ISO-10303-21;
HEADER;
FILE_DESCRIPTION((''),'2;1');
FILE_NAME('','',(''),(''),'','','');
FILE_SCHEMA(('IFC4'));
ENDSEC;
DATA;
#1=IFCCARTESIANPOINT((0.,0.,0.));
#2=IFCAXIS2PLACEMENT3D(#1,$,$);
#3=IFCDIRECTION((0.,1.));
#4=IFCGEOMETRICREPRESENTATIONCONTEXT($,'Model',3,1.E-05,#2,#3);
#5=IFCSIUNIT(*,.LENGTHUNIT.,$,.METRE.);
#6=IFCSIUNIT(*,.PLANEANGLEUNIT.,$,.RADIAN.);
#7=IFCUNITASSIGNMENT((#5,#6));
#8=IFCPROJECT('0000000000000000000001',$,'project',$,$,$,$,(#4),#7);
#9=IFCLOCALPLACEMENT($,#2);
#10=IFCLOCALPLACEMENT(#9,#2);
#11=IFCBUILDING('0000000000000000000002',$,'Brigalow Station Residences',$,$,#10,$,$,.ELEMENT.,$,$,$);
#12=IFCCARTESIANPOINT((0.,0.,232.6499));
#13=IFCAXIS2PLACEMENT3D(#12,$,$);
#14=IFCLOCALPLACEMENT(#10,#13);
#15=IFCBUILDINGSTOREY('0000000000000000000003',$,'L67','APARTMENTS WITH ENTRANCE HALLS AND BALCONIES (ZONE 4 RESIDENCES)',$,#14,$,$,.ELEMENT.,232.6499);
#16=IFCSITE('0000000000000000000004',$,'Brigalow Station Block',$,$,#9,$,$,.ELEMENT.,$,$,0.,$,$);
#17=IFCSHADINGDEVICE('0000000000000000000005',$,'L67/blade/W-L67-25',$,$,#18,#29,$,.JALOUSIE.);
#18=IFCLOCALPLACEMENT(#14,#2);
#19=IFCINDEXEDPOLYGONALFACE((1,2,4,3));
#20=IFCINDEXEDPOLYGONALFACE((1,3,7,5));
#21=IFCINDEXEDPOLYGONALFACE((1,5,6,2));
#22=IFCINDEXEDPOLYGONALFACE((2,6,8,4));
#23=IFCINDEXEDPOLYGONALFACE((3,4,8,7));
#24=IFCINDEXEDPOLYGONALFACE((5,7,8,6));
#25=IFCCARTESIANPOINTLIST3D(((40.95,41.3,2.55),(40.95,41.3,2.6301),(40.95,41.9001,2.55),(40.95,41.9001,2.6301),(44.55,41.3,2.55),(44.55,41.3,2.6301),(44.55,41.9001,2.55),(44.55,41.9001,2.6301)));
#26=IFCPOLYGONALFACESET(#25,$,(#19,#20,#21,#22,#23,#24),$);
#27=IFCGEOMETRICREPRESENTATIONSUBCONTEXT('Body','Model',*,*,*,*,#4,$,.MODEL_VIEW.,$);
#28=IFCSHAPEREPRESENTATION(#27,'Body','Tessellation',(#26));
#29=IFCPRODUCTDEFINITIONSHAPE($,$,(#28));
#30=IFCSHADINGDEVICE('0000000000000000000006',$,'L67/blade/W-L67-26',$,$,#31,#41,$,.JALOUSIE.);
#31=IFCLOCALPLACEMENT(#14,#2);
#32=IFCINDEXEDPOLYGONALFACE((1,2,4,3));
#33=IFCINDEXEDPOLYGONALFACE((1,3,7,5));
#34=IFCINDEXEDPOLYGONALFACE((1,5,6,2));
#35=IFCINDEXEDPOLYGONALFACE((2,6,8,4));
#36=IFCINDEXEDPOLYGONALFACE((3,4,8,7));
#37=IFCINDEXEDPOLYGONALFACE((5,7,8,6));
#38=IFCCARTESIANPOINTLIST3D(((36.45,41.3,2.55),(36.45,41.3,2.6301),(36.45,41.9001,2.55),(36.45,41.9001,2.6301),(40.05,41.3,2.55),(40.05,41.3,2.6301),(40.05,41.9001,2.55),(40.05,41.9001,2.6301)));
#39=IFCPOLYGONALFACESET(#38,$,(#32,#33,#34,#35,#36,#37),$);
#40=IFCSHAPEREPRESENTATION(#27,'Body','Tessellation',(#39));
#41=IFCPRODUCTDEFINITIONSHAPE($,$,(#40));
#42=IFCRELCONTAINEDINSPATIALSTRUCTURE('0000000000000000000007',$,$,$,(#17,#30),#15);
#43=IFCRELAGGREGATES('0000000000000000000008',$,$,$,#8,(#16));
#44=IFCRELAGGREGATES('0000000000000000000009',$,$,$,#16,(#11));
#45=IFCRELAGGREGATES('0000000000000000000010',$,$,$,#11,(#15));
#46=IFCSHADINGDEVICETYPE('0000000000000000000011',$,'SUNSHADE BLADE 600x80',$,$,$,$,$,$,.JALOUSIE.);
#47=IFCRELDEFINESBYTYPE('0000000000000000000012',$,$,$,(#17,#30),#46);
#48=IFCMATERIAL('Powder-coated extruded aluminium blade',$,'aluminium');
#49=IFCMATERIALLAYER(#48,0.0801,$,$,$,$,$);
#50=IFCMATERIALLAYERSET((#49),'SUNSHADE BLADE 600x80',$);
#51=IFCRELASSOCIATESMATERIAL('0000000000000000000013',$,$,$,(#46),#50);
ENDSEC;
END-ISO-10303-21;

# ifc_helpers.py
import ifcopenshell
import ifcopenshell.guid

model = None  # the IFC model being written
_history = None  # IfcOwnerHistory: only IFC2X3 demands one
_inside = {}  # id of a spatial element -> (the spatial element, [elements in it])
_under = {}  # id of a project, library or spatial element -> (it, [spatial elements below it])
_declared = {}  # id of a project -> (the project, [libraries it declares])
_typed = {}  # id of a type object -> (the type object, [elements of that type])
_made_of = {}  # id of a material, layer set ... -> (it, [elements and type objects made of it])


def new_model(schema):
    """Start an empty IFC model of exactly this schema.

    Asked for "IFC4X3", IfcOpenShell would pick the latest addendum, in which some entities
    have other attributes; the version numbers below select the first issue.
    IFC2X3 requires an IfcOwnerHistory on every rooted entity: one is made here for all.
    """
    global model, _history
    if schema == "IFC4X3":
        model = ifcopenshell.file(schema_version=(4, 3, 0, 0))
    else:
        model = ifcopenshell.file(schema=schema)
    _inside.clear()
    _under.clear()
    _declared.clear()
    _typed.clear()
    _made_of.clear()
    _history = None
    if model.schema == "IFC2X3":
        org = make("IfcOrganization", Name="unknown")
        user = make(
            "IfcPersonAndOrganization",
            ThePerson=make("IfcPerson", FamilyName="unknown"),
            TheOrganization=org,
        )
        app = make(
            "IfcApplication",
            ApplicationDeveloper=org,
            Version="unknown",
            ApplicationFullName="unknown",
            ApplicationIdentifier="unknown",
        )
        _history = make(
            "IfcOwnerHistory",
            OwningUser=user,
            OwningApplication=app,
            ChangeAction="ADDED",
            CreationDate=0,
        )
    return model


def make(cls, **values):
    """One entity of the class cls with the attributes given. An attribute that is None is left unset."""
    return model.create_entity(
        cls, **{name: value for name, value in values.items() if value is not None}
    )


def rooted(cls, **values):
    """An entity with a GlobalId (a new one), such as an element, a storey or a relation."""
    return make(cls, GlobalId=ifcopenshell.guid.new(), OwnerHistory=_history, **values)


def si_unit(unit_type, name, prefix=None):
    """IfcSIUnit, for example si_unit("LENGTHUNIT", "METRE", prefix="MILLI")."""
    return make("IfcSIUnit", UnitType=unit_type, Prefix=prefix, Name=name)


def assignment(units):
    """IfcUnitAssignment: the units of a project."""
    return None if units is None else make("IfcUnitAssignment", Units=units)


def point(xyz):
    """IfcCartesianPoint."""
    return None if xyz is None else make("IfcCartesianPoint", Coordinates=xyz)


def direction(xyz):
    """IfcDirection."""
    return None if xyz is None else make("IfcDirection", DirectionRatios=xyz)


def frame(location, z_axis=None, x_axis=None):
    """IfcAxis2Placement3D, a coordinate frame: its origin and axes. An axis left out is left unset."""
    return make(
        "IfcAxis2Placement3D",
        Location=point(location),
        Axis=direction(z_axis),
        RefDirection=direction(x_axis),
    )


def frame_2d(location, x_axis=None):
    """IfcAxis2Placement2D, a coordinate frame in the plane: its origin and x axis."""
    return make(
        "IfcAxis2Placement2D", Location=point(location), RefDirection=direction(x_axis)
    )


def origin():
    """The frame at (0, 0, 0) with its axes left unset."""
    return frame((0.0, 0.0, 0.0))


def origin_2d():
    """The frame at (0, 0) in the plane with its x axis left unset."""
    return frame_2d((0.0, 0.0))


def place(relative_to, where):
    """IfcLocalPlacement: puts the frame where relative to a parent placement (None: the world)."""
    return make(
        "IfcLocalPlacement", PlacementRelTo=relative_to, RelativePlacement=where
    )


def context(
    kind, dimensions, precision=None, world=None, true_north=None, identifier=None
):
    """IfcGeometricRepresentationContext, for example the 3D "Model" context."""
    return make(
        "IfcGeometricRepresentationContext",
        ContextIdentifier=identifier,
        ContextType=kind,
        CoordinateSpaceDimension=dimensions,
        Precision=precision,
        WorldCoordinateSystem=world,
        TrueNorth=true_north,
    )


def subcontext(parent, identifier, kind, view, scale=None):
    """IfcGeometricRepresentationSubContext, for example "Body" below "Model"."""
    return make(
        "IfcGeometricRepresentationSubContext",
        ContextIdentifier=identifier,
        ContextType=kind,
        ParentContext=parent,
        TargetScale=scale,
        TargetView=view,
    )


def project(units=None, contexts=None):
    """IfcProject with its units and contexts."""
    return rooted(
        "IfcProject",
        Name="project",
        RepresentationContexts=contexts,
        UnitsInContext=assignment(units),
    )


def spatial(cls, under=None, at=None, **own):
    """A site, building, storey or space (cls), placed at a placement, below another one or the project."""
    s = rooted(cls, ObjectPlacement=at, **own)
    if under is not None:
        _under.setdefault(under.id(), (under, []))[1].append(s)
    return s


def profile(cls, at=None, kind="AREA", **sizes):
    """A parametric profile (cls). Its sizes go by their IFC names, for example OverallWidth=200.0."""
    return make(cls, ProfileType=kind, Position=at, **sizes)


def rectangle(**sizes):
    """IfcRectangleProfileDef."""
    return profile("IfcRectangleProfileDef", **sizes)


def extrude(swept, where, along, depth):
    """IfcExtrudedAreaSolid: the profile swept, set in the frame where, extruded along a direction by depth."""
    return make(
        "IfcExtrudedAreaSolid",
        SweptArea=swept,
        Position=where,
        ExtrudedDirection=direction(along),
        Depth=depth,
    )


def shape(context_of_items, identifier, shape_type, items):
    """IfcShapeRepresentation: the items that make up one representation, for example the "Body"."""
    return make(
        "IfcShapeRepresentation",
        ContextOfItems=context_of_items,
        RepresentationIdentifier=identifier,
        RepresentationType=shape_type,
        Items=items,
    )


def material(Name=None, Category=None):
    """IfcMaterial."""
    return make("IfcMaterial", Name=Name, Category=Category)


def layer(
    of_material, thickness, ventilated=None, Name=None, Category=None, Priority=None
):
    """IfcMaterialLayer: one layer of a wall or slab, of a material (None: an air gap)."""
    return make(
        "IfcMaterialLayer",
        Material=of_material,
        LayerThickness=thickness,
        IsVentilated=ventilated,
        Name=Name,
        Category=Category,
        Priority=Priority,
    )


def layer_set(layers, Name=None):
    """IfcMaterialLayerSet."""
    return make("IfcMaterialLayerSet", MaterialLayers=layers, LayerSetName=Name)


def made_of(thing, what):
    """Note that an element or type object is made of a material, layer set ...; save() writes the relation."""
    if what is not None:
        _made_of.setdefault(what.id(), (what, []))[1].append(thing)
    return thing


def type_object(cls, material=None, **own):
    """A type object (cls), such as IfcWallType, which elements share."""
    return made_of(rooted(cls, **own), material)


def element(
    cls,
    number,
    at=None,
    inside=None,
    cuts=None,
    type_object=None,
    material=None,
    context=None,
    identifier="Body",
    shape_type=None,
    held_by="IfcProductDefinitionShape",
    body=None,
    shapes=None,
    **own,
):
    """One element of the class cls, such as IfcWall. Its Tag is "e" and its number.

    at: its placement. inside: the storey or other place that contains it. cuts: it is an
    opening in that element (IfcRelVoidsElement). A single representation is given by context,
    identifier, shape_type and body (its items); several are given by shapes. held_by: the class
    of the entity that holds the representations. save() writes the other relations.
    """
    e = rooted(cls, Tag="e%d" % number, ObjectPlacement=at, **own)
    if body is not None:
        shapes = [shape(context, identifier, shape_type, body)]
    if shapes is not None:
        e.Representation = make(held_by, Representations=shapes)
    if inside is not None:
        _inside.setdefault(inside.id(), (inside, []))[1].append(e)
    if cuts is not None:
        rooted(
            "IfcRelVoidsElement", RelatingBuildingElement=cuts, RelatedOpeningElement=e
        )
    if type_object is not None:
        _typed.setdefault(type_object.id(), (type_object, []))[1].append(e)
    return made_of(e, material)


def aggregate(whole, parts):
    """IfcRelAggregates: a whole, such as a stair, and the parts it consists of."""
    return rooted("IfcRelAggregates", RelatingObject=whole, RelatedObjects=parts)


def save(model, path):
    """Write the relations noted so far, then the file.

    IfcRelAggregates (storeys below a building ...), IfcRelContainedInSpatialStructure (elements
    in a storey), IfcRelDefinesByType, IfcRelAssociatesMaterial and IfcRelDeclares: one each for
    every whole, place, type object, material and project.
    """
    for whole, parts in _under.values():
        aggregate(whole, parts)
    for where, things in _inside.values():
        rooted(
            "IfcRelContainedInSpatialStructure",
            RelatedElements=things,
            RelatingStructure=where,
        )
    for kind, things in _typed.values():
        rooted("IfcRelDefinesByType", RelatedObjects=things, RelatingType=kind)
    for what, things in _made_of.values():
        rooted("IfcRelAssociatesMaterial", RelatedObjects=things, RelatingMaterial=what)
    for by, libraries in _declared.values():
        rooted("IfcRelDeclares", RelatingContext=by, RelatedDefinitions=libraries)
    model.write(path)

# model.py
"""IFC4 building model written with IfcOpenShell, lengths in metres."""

from ifc_helpers import new_model, si_unit, direction, frame, origin, origin_2d, place, context, subcontext, project, spatial, rectangle, extrude, material, layer, layer_set, type_object, element, save


model = new_model("IFC4")

# Units and contexts
model_context = context("Model", 3, precision=1e-05, world=origin(), true_north=direction((0.0, 1.0)))
body_context = subcontext(model_context, "Body", "Model", "MODEL_VIEW")
ifc_project = project(units=[si_unit("LENGTHUNIT", "METRE"), si_unit("PLANEANGLEUNIT", "RADIAN")], contexts=[model_context])

# Site, building, storey
site_placement = place(None, origin())
site = spatial("IfcSite", under=ifc_project, at=site_placement, Name="Brigalow Station Block", CompositionType="ELEMENT", RefElevation=0.0)
building_placement = place(site_placement, origin())
building = spatial("IfcBuilding", under=site, at=building_placement, Name="Brigalow Station Residences", CompositionType="ELEMENT")
storey_placement = place(building_placement, frame((0.0, 0.0, 232.6499)))
storey = spatial("IfcBuildingStorey", under=building, at=storey_placement, Name="L67", Description="APARTMENTS WITH ENTRANCE HALLS AND BALCONIES (ZONE 4 RESIDENCES)", CompositionType="ELEMENT", Elevation=232.6499)

# Shading devices
ifc_material_1 = material(Name="Powder-coated extruded aluminium blade", Category="aluminium")
ifc_layer_1 = layer(ifc_material_1, 0.0801)
ifc_layer_set_1 = layer_set([ifc_layer_1], Name="SUNSHADE BLADE 600x80")
shading_device_type = type_object("IfcShadingDeviceType", Name="SUNSHADE BLADE 600x80", PredefinedType="JALOUSIE", material=ifc_layer_set_1)
for number, where, z_axis, x_axis, name in (
    (1, (42.75, 41.6001, 2.55), (0.0, 0.0, 1.0), (-1.0, 0.0, 0.0), "L67/blade/W-L67-25"),
    (2, (38.25, 41.6001, 2.55), (0.0, 0.0, 1.0), (-1.0, 0.0, 0.0), "L67/blade/W-L67-26"),
):
    element("IfcShadingDevice", number, at=place(storey_placement, frame(where, z_axis=z_axis, x_axis=x_axis)), inside=storey, type_object=shading_device_type, Name=name, PredefinedType="JALOUSIE", context=body_context, shape_type="SweptSolid", body=[
        extrude(rectangle(XDim=3.6001, YDim=0.6001, at=origin_2d()), origin(), (0.0, 0.0, 1.0), 0.0801),
    ])

save(model, "model.ifc")
